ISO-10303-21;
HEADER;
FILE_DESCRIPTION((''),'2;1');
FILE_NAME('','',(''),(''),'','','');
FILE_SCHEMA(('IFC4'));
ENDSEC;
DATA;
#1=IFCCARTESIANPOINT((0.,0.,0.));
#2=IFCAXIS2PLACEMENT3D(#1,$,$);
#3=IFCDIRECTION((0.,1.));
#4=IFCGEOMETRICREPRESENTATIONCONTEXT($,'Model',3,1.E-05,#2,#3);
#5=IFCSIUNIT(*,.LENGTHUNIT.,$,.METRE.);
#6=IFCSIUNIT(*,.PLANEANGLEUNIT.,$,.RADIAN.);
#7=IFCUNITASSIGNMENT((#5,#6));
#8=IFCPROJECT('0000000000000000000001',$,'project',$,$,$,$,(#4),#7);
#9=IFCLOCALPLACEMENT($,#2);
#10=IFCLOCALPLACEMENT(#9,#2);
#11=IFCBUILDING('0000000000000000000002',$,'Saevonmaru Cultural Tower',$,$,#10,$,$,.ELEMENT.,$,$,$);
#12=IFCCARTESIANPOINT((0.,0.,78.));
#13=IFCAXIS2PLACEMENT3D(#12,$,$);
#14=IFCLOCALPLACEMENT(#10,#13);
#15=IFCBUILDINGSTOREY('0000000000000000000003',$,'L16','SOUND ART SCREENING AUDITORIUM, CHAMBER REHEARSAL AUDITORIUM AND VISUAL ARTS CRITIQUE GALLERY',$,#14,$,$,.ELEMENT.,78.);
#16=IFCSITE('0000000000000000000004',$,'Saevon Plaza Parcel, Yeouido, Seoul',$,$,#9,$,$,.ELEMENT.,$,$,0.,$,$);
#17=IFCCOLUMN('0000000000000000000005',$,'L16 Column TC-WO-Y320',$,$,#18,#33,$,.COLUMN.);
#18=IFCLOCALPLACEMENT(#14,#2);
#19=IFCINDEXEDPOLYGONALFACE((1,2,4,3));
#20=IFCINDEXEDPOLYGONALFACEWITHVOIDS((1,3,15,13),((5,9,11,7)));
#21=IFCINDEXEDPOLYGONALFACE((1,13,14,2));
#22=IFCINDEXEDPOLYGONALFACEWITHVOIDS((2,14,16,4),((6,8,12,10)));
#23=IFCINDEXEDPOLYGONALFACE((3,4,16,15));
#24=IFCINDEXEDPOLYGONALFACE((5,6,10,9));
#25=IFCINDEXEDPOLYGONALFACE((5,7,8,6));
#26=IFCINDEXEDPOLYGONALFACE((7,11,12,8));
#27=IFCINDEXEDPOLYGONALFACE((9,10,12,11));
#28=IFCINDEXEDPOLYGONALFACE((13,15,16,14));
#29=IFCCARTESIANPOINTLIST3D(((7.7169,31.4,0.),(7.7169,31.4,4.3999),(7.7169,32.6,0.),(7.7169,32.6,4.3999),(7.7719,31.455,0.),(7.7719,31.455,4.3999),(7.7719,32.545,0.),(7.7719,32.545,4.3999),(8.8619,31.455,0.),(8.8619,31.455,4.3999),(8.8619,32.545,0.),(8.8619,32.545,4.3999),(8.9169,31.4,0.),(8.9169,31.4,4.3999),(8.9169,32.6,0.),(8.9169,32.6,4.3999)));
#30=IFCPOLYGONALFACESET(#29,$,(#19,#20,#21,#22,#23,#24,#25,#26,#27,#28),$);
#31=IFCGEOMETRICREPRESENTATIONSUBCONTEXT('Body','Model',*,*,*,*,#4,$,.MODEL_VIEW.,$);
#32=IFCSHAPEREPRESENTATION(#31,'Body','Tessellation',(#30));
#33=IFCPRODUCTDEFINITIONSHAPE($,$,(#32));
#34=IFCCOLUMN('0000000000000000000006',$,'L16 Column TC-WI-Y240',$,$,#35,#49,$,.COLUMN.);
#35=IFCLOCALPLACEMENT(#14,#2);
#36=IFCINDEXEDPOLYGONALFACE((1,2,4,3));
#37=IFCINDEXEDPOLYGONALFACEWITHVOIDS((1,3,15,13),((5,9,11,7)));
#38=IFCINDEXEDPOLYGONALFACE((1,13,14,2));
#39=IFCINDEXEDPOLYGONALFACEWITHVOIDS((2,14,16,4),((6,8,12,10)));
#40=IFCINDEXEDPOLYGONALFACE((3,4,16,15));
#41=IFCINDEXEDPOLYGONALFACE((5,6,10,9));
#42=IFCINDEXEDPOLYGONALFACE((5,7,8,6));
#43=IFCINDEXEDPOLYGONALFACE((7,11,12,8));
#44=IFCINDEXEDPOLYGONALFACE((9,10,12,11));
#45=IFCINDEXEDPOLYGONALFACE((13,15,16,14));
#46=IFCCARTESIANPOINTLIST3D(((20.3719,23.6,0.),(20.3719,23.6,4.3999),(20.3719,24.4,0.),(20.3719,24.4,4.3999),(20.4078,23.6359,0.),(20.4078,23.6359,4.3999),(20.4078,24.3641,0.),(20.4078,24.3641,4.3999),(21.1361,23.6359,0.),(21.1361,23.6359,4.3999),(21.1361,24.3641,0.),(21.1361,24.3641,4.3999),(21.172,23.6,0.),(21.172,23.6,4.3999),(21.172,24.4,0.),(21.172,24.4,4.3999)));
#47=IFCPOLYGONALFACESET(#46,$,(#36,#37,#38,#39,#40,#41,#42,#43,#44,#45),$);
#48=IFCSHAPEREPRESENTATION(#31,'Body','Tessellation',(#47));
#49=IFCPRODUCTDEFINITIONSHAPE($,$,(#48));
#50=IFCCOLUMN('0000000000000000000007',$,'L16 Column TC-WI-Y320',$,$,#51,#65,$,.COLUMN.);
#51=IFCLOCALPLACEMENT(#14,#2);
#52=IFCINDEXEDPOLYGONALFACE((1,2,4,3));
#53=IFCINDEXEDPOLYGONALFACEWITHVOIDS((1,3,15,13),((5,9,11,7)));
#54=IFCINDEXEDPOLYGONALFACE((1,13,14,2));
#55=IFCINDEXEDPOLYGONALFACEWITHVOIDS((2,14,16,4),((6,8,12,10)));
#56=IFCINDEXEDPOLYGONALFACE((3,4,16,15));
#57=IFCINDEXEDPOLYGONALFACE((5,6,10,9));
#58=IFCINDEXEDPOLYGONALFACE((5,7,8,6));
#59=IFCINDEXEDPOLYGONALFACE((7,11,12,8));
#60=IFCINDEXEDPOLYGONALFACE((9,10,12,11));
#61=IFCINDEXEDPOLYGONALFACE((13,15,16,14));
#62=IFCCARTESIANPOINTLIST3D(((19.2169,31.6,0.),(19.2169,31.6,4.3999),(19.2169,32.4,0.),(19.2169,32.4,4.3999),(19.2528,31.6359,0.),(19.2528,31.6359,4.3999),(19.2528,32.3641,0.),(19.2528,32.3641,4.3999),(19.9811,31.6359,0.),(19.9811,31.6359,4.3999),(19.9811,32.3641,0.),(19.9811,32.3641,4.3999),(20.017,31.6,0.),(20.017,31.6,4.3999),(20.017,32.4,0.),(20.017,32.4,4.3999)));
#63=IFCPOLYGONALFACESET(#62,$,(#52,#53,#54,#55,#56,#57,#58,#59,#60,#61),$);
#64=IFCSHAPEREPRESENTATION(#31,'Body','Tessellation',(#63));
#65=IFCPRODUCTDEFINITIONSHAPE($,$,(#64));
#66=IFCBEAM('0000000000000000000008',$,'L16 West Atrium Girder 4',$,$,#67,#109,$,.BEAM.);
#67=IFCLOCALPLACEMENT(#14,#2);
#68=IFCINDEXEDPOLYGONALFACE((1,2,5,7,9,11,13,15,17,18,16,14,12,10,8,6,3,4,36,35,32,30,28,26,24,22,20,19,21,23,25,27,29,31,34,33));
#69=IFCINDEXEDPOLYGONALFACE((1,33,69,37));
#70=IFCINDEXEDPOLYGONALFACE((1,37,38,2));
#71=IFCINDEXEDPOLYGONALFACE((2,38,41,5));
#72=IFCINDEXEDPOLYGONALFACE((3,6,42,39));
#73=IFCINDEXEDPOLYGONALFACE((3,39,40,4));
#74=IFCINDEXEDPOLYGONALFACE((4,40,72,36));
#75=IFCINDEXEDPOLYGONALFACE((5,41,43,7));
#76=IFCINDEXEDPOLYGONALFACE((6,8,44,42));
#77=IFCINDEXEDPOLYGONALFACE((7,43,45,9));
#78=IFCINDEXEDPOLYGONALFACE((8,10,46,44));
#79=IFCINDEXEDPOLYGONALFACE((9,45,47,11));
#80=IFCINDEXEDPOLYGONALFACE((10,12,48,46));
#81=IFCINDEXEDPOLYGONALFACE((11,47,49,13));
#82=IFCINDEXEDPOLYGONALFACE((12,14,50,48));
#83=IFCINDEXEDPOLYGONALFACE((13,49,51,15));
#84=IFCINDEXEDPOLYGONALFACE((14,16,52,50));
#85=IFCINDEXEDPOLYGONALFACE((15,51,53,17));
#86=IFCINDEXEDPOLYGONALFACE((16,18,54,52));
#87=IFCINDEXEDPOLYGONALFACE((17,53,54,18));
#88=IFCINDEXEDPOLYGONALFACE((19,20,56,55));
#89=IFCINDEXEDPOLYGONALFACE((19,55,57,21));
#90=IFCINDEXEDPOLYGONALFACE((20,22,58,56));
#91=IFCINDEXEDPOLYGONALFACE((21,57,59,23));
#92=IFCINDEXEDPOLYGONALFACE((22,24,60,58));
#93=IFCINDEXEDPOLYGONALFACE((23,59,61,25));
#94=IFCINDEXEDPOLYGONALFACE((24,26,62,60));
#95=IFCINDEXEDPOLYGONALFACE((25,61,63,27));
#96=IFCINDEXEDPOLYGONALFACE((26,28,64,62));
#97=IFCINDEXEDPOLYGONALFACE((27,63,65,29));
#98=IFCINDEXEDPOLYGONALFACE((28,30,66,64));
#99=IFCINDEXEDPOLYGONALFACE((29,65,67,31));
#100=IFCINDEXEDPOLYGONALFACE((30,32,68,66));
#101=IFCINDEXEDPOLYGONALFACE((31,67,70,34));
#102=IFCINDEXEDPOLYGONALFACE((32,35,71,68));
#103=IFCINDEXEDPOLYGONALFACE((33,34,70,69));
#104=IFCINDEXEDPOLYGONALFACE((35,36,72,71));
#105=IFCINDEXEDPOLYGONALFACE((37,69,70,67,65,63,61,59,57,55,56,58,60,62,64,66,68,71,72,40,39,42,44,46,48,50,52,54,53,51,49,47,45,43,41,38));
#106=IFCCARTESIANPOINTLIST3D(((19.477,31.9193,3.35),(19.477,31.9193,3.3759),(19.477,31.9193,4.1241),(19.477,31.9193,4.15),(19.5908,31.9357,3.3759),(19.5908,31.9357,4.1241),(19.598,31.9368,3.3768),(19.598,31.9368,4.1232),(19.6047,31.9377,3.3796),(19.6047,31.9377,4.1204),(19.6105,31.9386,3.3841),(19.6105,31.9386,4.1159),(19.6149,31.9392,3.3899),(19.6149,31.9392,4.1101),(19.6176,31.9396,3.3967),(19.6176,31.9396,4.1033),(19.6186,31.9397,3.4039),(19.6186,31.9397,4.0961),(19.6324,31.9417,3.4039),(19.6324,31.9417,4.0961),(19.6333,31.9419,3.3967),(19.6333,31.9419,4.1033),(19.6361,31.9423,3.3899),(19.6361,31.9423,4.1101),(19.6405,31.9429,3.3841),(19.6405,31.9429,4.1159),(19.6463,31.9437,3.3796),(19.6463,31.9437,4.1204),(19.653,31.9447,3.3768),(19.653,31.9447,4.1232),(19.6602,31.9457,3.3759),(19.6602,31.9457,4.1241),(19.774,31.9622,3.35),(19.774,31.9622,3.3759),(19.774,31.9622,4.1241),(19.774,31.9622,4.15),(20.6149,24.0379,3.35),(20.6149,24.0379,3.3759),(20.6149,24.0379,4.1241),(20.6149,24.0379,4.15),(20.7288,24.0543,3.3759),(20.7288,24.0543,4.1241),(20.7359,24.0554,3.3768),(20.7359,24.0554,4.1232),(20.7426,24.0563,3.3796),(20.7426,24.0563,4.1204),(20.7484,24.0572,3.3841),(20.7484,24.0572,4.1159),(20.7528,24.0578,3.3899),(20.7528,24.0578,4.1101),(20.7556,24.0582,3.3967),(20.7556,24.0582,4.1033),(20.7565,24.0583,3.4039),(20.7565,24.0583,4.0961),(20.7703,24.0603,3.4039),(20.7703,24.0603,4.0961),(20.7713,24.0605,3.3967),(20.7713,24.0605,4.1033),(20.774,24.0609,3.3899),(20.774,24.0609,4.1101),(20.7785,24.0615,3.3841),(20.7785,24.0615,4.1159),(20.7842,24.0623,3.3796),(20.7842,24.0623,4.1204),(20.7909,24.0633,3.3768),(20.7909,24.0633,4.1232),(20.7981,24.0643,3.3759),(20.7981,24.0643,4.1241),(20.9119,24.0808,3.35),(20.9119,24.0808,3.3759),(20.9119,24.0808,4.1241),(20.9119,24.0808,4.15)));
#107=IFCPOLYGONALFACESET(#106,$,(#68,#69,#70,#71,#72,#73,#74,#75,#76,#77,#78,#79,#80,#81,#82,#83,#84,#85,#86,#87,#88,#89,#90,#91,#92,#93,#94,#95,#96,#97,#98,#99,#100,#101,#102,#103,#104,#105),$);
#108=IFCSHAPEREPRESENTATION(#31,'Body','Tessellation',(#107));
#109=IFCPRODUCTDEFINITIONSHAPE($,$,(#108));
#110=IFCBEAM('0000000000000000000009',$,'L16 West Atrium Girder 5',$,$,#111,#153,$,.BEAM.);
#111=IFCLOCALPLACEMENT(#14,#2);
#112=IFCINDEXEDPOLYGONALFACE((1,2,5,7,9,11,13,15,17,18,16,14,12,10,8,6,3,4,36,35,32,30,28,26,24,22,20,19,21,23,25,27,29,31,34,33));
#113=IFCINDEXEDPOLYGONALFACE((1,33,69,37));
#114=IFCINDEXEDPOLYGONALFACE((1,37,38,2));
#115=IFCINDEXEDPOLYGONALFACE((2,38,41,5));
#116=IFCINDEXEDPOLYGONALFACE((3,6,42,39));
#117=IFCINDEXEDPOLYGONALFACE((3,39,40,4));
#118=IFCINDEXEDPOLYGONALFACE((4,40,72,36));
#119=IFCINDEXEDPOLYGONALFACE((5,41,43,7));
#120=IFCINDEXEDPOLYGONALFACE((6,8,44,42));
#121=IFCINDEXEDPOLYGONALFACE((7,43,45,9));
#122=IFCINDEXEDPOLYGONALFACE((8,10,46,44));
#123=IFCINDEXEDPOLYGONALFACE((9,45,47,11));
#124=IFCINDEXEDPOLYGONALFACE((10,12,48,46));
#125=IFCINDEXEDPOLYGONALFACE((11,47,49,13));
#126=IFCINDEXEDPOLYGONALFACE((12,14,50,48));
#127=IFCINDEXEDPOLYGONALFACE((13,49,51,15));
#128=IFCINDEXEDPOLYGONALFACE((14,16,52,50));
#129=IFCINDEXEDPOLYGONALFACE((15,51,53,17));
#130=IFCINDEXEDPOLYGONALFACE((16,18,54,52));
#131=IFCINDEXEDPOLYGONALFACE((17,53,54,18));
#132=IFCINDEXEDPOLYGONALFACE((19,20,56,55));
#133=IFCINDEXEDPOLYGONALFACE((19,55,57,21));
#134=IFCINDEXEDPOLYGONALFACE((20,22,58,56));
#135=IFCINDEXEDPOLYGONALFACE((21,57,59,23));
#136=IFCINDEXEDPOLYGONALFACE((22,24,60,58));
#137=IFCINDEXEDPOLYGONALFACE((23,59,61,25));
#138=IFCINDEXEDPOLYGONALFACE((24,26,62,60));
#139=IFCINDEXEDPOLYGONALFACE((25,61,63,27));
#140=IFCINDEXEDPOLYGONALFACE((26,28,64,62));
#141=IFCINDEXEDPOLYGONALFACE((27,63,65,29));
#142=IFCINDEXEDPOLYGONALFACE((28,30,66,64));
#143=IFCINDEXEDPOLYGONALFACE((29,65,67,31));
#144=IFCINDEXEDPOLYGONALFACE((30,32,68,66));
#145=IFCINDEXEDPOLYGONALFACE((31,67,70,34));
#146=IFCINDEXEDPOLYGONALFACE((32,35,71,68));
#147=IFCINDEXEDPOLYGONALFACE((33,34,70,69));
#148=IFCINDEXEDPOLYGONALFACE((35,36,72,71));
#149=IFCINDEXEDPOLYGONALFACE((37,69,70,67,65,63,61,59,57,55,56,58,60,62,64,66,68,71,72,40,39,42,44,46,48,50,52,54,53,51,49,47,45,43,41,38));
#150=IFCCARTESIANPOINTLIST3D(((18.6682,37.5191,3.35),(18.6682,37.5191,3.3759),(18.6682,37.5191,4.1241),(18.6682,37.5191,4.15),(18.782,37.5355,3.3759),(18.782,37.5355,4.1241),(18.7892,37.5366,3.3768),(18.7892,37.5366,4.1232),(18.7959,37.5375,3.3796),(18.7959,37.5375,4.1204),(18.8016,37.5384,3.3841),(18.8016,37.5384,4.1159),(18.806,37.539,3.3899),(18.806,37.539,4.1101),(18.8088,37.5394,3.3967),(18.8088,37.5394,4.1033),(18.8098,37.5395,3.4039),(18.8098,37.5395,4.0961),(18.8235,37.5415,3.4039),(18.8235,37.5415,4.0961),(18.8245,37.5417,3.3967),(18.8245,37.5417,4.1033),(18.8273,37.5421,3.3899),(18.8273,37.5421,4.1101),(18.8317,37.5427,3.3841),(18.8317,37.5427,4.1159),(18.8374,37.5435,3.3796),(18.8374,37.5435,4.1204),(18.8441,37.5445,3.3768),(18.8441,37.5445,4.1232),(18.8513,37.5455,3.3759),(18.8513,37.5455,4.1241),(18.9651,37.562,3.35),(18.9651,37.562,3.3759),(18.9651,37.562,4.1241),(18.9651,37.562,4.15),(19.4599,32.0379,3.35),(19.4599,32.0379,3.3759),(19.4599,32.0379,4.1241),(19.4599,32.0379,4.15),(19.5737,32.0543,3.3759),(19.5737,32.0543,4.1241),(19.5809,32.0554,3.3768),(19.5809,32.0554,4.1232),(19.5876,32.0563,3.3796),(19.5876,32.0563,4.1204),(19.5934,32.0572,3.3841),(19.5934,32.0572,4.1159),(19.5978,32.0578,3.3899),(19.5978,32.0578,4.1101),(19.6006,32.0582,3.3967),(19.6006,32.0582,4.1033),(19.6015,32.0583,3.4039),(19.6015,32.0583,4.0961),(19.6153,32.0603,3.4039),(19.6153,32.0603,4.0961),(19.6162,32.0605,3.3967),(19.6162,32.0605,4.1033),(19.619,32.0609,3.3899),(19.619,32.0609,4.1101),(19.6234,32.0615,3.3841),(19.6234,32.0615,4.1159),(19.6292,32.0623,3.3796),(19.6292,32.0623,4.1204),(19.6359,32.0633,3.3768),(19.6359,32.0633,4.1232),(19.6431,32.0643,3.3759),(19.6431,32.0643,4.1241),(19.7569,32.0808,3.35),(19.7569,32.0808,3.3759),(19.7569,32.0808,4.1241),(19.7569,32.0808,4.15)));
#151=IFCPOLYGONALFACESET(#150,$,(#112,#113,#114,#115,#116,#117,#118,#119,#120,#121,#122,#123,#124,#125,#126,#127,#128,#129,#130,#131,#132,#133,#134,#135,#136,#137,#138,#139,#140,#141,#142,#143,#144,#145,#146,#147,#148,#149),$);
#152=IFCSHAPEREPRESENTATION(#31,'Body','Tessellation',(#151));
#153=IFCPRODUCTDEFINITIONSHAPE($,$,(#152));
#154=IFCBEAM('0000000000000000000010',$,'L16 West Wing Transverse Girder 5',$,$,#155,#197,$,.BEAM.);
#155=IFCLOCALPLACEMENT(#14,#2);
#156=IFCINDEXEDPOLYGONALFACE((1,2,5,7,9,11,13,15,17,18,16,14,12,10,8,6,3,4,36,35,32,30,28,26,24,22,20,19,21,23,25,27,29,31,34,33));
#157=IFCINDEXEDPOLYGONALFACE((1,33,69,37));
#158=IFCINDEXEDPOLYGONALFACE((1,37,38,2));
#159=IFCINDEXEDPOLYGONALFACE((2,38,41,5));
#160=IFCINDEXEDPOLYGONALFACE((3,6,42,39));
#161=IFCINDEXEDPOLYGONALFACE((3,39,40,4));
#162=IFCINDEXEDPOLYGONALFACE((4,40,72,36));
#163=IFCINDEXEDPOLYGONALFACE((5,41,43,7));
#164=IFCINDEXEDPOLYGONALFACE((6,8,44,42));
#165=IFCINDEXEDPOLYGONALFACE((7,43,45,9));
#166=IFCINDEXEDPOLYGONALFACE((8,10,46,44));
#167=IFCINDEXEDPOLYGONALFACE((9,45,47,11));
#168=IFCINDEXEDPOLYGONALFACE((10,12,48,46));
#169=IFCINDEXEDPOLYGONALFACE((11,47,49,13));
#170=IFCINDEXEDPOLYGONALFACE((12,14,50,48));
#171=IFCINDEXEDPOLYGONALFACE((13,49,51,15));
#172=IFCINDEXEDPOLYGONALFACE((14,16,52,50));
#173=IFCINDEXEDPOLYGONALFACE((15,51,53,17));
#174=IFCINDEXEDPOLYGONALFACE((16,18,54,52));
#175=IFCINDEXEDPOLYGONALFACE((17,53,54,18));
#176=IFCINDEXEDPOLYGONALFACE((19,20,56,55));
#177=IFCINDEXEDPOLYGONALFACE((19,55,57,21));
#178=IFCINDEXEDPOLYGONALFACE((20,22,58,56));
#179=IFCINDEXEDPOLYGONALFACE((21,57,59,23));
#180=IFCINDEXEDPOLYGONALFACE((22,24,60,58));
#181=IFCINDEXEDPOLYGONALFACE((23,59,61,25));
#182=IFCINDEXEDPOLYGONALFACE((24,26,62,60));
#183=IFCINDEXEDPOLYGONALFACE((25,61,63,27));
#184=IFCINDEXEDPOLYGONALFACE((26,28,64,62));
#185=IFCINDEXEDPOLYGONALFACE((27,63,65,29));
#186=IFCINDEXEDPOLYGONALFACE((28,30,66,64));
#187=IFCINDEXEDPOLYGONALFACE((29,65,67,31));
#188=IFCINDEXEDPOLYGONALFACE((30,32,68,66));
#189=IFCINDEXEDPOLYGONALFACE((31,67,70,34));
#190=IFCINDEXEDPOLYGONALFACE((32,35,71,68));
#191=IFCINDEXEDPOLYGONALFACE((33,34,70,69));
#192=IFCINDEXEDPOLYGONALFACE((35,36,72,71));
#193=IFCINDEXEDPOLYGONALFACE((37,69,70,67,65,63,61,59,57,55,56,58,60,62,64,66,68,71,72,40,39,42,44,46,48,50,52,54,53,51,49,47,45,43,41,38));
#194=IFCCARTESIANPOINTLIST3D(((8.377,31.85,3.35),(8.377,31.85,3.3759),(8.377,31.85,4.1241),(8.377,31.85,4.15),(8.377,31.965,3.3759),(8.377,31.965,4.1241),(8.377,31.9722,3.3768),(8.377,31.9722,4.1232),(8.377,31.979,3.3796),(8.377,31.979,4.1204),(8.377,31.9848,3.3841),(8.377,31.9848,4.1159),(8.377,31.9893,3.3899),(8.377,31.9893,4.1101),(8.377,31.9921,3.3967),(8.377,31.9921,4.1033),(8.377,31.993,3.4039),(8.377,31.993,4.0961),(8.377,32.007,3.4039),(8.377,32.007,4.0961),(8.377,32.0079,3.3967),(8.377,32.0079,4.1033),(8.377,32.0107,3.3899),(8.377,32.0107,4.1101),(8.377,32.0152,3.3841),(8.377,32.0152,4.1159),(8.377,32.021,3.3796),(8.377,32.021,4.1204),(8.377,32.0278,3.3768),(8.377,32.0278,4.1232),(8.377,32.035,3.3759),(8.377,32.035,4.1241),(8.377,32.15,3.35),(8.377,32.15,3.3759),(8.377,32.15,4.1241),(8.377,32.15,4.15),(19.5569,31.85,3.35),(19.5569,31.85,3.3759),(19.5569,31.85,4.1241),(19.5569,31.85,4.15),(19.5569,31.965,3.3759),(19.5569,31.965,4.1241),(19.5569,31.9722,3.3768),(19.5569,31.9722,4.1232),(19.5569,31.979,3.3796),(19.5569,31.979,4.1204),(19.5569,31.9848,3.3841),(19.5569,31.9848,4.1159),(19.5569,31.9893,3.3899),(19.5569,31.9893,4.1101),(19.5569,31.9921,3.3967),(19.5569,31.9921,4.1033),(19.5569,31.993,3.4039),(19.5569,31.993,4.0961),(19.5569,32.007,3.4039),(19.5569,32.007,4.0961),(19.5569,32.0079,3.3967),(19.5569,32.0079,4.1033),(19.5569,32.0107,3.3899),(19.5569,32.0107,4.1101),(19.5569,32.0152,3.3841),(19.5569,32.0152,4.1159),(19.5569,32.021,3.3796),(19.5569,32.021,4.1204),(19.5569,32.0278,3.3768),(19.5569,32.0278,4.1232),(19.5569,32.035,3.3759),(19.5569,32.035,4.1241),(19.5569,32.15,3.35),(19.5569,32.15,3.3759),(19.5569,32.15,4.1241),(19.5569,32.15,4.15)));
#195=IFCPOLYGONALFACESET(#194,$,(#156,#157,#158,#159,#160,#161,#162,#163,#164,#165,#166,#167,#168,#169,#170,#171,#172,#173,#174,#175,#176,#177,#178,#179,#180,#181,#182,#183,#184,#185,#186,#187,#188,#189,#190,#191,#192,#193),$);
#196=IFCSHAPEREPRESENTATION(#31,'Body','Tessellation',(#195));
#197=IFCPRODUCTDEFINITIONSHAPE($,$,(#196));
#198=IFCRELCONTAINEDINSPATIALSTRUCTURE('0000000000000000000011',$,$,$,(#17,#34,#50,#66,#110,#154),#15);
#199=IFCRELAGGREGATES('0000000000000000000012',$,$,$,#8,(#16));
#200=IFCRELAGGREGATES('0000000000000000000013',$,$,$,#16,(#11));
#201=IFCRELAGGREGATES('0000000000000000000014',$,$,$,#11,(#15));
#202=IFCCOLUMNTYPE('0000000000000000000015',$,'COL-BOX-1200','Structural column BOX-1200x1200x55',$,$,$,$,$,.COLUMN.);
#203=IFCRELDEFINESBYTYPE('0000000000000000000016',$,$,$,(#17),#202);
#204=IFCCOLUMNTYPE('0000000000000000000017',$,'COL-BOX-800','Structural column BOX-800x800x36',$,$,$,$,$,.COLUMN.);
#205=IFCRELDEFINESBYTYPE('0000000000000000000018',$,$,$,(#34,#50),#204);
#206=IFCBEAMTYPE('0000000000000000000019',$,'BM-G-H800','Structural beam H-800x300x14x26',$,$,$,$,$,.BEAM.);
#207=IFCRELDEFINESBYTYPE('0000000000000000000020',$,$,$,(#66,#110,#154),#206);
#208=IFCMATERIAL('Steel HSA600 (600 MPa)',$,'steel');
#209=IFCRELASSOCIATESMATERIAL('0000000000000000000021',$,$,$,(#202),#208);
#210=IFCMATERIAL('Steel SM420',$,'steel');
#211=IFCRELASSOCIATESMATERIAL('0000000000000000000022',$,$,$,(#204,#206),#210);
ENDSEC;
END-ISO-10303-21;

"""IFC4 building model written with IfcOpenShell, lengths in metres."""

from ifc_helpers import new_model, si_unit, direction, frame, origin, origin_2d, place, context, subcontext, project, spatial, hollow_rectangle, i_section, extrude, material, material_profile, profile_set, type_object, element, save


model = new_model("IFC4")

# Units and contexts
model_context = context("Model", 3, precision=1e-05, world=origin(), true_north=direction((0.0, 1.0)))
body_context = subcontext(model_context, "Body", "Model", "MODEL_VIEW")
ifc_project = project(units=[si_unit("LENGTHUNIT", "METRE"), si_unit("PLANEANGLEUNIT", "RADIAN")], contexts=[model_context])

# Site, building, storey
site_placement = place(None, origin())
site = spatial("IfcSite", under=ifc_project, at=site_placement, Name="Saevon Plaza Parcel, Yeouido, Seoul", CompositionType="ELEMENT", RefElevation=0.0)
building_placement = place(site_placement, origin())
building = spatial("IfcBuilding", under=site, at=building_placement, Name="Saevonmaru Cultural Tower", CompositionType="ELEMENT")
storey_placement = place(building_placement, frame((0.0, 0.0, 78.0)))
storey = spatial("IfcBuildingStorey", under=building, at=storey_placement, Name="L16", Description="SOUND ART SCREENING AUDITORIUM, CHAMBER REHEARSAL AUDITORIUM AND VISUAL ARTS CRITIQUE GALLERY", CompositionType="ELEMENT", Elevation=78.0)

# Columns
ifc_material_1 = material(Name="Steel HSA600 (600 MPa)", Category="steel")
ifc_material_profile_1 = material_profile(ifc_material_1, hollow_rectangle(XDim=1.2, YDim=1.2, WallThickness=0.0549, at=origin_2d()), Name="BOX-1200x1200x55")
ifc_profile_set_1 = profile_set([ifc_material_profile_1], Name="Steel HSA600 (600 MPa)")
column_type_1 = type_object("IfcColumnType", Name="COL-BOX-1200", Description="Structural column BOX-1200x1200x55", PredefinedType="COLUMN", material=ifc_profile_set_1)
column_placement = place(storey_placement, frame((8.3169, 32.0, 0.0), z_axis=(0.0, 0.0, 1.0), x_axis=(1.0, 0.0, 0.0)))
element("IfcColumn", 1, at=column_placement, inside=storey, type_object=column_type_1, Name="L16 Column TC-WO-Y320", PredefinedType="COLUMN", context=body_context, shape_type="SweptSolid", body=[
    extrude(hollow_rectangle(XDim=1.2, YDim=1.2, WallThickness=0.0549, at=origin_2d()), origin(), (0.0, 0.0, 1.0), 4.3999),
])
ifc_material_2 = material(Name="Steel SM420", Category="steel")
ifc_material_profile_2 = material_profile(ifc_material_2, hollow_rectangle(XDim=0.8, YDim=0.8, WallThickness=0.0359, at=origin_2d()), Name="BOX-800x800x36")
ifc_profile_set_2 = profile_set([ifc_material_profile_2], Name="Steel SM420")
column_type_2 = type_object("IfcColumnType", Name="COL-BOX-800", Description="Structural column BOX-800x800x36", PredefinedType="COLUMN", material=ifc_profile_set_2)
for number, where, z_axis, x_axis, name in (
    (2, (20.772, 24.0, 0.0), (0.0, 0.0, 1.0), (1.0, 0.0, 0.0), "L16 Column TC-WI-Y240"),
    (3, (19.6169, 32.0, 0.0), (0.0, 0.0, 1.0), (1.0, 0.0, 0.0), "L16 Column TC-WI-Y320"),
):
    element("IfcColumn", number, at=place(storey_placement, frame(where, z_axis=z_axis, x_axis=x_axis)), inside=storey, type_object=column_type_2, Name=name, PredefinedType="COLUMN", context=body_context, shape_type="SweptSolid", body=[
        extrude(hollow_rectangle(XDim=0.8, YDim=0.8, WallThickness=0.0359, at=origin_2d()), origin(), (0.0, 0.0, 1.0), 4.3999),
    ])

# Beams
ifc_material_profile_3 = material_profile(ifc_material_2, i_section(OverallWidth=0.3, OverallDepth=0.8, WebThickness=0.0139, FlangeThickness=0.0259, FilletRadius=0.0281, at=origin_2d()), Name="H-800x300x14x26")
ifc_profile_set_3 = profile_set([ifc_material_profile_3], Name="Steel SM420")
beam_type_1 = type_object("IfcBeamType", Name="BM-G-H800", Description="Structural beam H-800x300x14x26", PredefinedType="BEAM", material=ifc_profile_set_3)
beam_1_placement = place(storey_placement, frame((20.7634, 24.0593, 3.75), z_axis=(-0.142902, 0.989737, 0.0), x_axis=(-0.989737, -0.142902, 0.0)))
element("IfcBeam", 4, at=beam_1_placement, inside=storey, type_object=beam_type_1, Name="L16 West Atrium Girder 4", PredefinedType="BEAM", context=body_context, shape_type="SweptSolid", body=[
    extrude(i_section(OverallWidth=0.3, OverallDepth=0.8, WebThickness=0.0139, FlangeThickness=0.0259, FilletRadius=0.0281, at=origin_2d()), origin(), (0.0, 0.0, 1.0), 7.9631),
])
beam_2_placement = place(storey_placement, frame((19.6084, 32.0593, 3.75), z_axis=(-0.142964, 0.989728, 0.0), x_axis=(-0.989728, -0.142964, 0.0)))
element("IfcBeam", 5, at=beam_2_placement, inside=storey, type_object=beam_type_1, Name="L16 West Atrium Girder 5", PredefinedType="BEAM", context=body_context, shape_type="SweptSolid", body=[
    extrude(i_section(OverallWidth=0.3, OverallDepth=0.8, WebThickness=0.0139, FlangeThickness=0.0259, FilletRadius=0.0281, at=origin_2d()), origin(), (0.0, 0.0, 1.0), 5.5381),
])
beam_3_placement = place(storey_placement, frame((8.377, 32.0, 3.75), z_axis=(1.0, 0.0, 0.0), x_axis=(0.0, 1.0, 0.0)))
element("IfcBeam", 6, at=beam_3_placement, inside=storey, type_object=beam_type_1, Name="L16 West Wing Transverse Girder 5", PredefinedType="BEAM", context=body_context, shape_type="SweptSolid", body=[
    extrude(i_section(OverallWidth=0.3, OverallDepth=0.8, WebThickness=0.0139, FlangeThickness=0.0259, FilletRadius=0.0281, at=origin_2d()), origin(), (0.0, 0.0, 1.0), 11.1799),
])

save(model, "model.ifc")
